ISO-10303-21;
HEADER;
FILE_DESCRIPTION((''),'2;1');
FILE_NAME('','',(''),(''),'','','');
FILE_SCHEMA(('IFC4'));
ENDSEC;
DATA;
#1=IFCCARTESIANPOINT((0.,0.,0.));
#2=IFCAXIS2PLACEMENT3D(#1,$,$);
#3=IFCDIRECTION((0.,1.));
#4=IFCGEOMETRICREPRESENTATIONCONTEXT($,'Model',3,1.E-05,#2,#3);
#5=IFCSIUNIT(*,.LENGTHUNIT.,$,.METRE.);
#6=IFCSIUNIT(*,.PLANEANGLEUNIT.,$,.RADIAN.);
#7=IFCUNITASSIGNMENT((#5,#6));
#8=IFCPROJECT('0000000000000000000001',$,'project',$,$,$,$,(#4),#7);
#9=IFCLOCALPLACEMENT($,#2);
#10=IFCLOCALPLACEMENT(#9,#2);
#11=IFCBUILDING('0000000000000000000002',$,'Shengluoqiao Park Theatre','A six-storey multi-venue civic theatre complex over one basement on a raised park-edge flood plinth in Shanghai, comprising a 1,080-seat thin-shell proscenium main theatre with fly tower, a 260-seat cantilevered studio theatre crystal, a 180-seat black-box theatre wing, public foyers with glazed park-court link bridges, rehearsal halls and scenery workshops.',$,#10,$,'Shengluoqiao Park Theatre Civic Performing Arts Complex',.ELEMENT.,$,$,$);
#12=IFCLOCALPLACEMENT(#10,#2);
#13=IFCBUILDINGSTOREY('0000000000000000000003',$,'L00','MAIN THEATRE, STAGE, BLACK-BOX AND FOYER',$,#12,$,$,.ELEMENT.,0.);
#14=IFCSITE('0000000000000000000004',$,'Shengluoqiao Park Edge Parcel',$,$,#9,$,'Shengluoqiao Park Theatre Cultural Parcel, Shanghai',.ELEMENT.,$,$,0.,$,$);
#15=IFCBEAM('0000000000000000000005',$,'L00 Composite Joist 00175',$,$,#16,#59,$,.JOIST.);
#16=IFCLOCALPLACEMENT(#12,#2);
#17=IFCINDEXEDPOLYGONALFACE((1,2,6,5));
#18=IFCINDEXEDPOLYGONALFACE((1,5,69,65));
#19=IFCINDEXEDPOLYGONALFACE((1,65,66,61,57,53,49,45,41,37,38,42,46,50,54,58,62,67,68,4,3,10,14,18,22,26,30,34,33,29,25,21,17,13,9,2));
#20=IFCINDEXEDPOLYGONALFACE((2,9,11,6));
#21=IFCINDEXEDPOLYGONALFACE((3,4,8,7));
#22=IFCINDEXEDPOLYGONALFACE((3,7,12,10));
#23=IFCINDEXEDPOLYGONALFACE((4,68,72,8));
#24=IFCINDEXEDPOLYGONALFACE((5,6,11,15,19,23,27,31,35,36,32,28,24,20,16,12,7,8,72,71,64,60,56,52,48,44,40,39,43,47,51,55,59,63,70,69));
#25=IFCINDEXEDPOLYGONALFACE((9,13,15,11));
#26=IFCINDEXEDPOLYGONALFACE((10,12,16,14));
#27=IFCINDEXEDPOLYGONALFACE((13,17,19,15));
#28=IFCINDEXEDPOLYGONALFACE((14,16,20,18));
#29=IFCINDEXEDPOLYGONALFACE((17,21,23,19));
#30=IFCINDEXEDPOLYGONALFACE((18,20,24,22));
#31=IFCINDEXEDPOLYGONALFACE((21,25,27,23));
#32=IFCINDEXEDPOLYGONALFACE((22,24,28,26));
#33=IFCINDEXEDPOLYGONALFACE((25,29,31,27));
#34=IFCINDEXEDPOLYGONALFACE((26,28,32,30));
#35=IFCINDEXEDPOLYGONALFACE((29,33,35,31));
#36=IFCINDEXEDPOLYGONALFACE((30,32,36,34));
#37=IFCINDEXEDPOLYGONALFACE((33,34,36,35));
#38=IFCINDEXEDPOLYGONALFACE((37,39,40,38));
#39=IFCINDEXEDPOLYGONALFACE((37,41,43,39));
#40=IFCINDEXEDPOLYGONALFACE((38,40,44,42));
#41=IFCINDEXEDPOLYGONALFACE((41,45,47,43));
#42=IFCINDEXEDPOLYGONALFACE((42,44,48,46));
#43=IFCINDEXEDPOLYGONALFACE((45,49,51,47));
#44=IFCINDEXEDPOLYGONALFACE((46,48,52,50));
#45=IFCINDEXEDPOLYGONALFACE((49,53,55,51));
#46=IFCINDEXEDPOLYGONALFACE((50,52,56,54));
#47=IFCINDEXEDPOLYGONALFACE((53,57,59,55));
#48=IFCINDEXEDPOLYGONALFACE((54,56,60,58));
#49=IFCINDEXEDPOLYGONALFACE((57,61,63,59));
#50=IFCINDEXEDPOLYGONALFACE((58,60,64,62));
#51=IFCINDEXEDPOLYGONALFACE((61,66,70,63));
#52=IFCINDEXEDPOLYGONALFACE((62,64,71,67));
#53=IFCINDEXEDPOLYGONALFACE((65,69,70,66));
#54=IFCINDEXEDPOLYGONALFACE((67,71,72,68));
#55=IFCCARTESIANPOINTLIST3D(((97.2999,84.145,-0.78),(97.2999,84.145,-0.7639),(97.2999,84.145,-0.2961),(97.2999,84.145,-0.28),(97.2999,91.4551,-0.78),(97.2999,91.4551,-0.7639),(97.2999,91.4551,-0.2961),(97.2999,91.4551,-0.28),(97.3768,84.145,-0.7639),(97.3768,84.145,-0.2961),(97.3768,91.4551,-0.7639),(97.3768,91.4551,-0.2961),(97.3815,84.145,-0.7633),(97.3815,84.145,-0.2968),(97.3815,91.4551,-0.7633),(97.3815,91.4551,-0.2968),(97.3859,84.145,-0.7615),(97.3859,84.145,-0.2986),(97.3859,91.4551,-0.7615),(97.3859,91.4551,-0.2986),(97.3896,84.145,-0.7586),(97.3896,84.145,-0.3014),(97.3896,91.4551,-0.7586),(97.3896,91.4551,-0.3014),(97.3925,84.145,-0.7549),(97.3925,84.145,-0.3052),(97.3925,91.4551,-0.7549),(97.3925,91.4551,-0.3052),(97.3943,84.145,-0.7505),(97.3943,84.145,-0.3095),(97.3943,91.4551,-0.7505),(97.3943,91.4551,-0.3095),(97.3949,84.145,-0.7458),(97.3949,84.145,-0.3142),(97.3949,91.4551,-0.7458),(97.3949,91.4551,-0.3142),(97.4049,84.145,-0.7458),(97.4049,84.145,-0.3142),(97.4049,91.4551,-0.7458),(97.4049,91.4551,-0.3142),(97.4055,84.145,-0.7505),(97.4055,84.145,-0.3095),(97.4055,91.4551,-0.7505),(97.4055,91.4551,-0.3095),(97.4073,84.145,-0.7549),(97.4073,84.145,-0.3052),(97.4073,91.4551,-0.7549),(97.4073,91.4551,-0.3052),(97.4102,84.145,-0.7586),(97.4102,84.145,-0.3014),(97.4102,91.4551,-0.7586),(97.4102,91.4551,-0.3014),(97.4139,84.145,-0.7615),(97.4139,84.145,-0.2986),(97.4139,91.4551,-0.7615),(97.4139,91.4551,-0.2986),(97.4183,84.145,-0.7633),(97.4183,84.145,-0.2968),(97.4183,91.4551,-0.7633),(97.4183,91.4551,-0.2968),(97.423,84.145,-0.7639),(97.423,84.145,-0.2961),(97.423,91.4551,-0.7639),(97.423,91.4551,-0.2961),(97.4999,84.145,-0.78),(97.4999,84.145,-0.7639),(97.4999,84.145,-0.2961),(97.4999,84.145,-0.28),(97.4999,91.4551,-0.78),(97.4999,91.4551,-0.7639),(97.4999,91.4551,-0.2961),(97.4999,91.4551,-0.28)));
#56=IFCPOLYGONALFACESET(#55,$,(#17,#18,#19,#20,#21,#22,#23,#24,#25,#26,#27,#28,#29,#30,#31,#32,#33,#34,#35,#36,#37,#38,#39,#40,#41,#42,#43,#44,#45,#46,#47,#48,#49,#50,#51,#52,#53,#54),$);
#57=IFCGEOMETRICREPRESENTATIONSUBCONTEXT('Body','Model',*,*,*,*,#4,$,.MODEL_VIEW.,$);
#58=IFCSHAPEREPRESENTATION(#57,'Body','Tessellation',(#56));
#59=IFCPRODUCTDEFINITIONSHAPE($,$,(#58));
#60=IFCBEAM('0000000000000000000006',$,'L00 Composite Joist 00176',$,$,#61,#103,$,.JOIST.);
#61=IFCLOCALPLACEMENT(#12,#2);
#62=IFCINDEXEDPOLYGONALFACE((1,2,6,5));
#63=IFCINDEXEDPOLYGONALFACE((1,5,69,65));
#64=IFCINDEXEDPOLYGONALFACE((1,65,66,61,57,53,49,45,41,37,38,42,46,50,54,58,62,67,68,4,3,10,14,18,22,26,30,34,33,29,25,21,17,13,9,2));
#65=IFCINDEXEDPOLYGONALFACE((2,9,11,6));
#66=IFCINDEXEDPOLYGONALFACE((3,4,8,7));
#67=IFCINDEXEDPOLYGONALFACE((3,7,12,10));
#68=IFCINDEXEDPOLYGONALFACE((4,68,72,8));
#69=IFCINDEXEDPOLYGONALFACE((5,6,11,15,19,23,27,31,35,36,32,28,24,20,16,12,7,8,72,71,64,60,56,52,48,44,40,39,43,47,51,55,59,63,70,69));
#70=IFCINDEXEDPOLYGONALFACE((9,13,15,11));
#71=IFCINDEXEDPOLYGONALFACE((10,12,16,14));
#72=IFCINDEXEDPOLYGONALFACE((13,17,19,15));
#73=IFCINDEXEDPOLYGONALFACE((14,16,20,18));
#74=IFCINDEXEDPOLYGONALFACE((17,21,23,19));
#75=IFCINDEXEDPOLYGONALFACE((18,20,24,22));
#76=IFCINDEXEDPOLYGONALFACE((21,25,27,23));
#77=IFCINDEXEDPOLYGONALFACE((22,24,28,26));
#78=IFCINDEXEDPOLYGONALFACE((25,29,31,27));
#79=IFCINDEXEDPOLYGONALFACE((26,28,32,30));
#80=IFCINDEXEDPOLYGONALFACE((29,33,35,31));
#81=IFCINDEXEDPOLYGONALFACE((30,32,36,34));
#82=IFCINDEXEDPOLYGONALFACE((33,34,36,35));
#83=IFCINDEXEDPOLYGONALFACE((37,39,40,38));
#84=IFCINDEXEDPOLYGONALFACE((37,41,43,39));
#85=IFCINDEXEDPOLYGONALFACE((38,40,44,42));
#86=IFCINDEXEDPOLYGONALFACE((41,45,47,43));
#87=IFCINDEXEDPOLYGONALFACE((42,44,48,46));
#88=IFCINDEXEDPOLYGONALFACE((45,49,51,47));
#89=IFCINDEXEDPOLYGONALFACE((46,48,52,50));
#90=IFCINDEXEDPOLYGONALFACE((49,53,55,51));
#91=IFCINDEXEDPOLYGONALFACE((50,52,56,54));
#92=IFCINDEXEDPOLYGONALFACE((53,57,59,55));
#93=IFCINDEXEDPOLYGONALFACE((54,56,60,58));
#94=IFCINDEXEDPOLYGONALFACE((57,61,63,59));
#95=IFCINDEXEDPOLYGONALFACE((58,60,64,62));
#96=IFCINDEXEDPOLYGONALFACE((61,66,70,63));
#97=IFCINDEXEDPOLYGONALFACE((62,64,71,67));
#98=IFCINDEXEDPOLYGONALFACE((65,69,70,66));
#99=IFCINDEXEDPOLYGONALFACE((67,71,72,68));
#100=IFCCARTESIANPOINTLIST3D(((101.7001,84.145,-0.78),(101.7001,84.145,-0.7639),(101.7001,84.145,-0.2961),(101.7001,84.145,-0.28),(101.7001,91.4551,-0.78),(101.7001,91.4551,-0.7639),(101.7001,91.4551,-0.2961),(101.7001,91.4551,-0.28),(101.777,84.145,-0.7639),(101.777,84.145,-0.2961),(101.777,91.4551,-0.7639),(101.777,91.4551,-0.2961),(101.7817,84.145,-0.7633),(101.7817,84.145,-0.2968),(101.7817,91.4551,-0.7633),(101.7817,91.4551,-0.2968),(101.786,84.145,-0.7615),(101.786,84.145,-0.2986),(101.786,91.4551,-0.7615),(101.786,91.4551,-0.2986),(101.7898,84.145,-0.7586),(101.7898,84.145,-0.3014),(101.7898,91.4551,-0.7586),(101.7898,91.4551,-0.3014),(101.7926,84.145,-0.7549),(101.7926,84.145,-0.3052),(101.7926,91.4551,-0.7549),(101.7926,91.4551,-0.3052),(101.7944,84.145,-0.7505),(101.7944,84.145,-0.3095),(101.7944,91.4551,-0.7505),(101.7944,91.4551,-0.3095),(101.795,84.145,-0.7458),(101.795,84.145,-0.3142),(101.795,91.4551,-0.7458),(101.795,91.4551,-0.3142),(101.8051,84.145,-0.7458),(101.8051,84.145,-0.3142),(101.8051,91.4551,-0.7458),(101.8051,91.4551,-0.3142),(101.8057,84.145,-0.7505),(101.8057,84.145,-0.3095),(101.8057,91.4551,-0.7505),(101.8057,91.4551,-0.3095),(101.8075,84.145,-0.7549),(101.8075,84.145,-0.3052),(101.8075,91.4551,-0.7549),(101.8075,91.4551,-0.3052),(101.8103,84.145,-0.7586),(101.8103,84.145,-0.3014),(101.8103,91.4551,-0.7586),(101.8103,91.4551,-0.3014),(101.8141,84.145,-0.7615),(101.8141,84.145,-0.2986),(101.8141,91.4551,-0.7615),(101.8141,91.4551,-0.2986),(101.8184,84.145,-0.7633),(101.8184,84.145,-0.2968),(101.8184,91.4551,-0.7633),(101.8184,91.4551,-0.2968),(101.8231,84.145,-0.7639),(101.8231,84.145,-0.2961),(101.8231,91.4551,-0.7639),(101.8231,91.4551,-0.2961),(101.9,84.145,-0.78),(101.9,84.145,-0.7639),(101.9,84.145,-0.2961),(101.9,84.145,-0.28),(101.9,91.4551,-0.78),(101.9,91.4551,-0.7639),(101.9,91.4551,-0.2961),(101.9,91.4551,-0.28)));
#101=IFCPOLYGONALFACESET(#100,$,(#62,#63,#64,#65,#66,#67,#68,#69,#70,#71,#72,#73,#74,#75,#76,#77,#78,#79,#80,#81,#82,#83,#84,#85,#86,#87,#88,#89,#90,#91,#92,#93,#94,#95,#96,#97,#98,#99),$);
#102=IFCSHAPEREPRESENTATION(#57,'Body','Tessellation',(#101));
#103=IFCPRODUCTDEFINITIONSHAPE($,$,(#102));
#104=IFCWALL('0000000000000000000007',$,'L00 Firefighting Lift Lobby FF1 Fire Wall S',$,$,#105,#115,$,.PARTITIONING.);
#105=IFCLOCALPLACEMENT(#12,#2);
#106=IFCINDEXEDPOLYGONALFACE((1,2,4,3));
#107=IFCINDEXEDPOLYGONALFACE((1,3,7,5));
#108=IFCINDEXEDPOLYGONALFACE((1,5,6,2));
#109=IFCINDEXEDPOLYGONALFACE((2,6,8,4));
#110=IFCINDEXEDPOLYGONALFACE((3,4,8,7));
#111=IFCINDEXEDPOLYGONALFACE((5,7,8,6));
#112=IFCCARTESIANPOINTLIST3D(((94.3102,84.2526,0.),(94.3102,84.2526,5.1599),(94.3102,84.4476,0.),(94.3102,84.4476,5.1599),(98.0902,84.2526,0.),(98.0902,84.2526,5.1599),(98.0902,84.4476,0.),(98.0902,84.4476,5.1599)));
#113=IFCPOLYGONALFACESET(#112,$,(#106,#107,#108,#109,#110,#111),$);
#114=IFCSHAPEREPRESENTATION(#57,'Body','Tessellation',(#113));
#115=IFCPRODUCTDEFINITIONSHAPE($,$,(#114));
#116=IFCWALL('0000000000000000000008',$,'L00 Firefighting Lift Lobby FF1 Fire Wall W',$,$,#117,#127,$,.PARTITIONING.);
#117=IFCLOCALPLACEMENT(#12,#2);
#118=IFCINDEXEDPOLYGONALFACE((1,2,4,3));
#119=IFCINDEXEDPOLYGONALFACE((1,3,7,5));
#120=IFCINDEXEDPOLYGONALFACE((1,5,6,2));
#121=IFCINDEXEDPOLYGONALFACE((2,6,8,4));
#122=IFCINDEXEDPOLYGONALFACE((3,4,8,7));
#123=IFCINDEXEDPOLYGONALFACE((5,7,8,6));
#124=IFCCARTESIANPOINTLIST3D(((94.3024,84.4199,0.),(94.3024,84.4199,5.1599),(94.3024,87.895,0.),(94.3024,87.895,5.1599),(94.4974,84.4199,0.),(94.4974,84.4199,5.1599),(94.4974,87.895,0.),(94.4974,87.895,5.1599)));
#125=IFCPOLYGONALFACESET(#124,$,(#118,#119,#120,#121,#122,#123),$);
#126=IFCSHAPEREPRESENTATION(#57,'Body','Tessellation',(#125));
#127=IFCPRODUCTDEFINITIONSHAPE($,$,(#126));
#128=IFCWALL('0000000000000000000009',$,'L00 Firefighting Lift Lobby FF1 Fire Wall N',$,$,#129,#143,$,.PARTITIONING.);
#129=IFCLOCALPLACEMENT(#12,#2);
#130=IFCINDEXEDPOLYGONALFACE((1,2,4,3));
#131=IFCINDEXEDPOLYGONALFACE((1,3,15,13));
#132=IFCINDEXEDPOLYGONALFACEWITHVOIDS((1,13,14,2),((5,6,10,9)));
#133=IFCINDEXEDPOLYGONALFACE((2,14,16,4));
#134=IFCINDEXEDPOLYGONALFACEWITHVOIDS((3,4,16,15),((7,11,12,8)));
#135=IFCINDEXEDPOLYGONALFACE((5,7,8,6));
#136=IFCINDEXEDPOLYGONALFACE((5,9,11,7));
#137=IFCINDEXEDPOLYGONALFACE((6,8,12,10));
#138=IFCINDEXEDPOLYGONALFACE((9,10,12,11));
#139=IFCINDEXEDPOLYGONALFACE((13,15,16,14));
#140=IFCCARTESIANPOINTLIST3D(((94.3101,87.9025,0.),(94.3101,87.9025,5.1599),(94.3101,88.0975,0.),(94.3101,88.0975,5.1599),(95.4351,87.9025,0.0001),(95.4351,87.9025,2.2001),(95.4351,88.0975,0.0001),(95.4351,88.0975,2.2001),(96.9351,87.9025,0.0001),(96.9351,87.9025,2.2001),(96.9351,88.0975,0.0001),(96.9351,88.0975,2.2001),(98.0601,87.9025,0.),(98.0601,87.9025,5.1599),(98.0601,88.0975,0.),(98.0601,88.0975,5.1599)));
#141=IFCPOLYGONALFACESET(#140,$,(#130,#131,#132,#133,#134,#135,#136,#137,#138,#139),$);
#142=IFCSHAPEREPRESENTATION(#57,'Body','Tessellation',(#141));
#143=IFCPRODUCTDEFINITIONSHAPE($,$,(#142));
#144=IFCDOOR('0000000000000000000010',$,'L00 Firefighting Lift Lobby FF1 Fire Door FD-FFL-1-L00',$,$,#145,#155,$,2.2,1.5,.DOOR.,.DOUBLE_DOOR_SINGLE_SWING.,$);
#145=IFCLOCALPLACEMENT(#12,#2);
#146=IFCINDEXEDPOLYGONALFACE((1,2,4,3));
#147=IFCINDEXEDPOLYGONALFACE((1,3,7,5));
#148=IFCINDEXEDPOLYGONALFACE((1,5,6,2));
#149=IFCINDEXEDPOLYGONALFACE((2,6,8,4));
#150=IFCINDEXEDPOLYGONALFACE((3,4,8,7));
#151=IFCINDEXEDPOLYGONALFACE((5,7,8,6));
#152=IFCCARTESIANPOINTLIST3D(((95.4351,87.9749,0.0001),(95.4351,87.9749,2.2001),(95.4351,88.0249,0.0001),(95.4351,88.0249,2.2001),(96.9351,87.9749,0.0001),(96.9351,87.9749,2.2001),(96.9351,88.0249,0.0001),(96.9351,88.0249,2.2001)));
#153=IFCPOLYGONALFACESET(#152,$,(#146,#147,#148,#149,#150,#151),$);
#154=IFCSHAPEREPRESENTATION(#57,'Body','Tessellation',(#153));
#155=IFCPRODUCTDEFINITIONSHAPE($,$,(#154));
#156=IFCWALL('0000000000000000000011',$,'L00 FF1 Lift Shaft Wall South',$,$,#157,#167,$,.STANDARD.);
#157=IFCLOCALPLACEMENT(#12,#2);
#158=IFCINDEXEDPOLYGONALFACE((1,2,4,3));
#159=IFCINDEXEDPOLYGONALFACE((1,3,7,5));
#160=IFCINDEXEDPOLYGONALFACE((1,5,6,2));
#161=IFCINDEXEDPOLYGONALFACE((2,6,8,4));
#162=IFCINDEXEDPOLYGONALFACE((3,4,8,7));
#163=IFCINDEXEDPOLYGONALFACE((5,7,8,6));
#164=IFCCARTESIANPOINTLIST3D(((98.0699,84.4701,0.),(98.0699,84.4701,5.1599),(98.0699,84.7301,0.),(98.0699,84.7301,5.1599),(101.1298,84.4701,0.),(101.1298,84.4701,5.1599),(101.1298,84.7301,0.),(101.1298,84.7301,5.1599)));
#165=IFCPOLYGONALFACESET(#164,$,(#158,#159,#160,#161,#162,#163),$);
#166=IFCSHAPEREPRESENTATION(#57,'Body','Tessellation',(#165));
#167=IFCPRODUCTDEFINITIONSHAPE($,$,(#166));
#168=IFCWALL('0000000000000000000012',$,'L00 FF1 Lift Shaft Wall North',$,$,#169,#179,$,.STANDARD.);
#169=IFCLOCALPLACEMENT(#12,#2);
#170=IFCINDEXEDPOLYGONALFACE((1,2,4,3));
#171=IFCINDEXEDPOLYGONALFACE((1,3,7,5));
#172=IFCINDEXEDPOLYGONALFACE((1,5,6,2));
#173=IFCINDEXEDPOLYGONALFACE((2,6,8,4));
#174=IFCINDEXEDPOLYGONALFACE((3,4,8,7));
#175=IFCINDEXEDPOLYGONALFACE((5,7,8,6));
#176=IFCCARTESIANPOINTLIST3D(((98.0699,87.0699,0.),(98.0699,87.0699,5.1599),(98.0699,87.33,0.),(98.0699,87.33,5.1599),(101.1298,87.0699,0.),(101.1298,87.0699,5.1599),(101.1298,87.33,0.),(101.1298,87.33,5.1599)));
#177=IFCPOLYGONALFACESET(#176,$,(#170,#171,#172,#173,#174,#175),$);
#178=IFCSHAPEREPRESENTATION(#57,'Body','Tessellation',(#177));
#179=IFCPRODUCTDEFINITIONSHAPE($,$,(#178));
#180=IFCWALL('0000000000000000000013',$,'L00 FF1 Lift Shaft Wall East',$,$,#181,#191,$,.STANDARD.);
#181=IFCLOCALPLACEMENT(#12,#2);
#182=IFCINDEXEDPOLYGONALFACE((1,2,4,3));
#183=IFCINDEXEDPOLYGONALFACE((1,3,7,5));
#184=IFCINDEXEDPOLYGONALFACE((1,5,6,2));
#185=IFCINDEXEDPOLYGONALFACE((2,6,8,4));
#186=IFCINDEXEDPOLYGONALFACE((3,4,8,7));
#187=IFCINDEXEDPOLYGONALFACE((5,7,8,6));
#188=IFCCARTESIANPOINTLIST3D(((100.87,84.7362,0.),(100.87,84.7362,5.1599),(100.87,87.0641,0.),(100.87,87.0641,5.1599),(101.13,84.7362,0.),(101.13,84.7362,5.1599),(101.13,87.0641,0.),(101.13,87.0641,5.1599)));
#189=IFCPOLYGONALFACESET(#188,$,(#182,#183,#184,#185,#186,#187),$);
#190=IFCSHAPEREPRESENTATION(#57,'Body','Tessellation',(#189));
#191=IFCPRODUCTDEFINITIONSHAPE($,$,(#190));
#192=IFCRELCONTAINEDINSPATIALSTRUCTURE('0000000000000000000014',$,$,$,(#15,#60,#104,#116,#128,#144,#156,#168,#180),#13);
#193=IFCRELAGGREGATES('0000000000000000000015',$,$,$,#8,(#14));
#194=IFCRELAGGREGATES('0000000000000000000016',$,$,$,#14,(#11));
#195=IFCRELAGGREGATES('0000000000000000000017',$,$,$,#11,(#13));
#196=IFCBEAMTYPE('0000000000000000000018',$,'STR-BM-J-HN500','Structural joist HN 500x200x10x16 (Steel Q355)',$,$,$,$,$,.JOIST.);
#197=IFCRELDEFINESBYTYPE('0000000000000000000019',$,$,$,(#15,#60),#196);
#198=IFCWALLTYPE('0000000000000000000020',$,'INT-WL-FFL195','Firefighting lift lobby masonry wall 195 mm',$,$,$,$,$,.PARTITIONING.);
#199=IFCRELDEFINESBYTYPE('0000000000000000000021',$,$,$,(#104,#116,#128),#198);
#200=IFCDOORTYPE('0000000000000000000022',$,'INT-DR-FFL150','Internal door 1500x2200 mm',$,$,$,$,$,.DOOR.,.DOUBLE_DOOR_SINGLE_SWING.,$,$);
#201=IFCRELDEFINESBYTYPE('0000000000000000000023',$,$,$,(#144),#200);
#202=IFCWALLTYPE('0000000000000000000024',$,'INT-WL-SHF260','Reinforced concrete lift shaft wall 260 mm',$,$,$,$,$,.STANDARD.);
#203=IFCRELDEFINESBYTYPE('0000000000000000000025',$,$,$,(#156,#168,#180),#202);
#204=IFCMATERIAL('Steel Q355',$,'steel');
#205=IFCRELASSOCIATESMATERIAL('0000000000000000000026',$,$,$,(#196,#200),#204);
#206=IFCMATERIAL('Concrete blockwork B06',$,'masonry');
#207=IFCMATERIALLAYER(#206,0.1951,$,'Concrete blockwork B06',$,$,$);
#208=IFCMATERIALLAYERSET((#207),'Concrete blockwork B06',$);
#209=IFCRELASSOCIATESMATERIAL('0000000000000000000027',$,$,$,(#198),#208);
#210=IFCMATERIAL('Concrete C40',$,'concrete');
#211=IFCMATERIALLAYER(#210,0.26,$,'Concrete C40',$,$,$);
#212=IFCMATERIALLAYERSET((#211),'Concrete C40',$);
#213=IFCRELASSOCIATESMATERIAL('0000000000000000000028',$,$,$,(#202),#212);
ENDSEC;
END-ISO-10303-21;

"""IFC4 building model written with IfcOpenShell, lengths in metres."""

from ifc_helpers import new_model, si_unit, direction, frame, frame_2d, origin, origin_2d, place, context, subcontext, project, spatial, rectangle, i_section, extrude, material, layer, layer_set, material_profile, profile_set, type_object, element, fill, save


model = new_model("IFC4")

# Units and contexts
model_context = context("Model", 3, precision=1e-05, world=origin(), true_north=direction((0.0, 1.0)))
body_context = subcontext(model_context, "Body", "Model", "MODEL_VIEW")
ifc_project = project(units=[si_unit("LENGTHUNIT", "METRE"), si_unit("PLANEANGLEUNIT", "RADIAN")], contexts=[model_context])

# Site, building, storey
site_placement = place(None, origin())
site = spatial("IfcSite", under=ifc_project, at=site_placement, Name="Shengluoqiao Park Edge Parcel", LongName="Shengluoqiao Park Theatre Cultural Parcel, Shanghai", CompositionType="ELEMENT", RefElevation=0.0)
building_placement = place(site_placement, origin())
building = spatial("IfcBuilding", under=site, at=building_placement, Name="Shengluoqiao Park Theatre", Description="A six-storey multi-venue civic theatre complex over one basement on a raised park-edge flood plinth in Shanghai, comprising a 1,080-seat thin-shell proscenium main theatre with fly tower, a 260-seat cantilevered studio theatre crystal, a 180-seat black-box theatre wing, public foyers with glazed park-court link bridges, rehearsal halls and scenery workshops.", LongName="Shengluoqiao Park Theatre Civic Performing Arts Complex", CompositionType="ELEMENT")
storey_placement = place(building_placement, origin())
storey = spatial("IfcBuildingStorey", under=building, at=storey_placement, Name="L00", Description="MAIN THEATRE, STAGE, BLACK-BOX AND FOYER", CompositionType="ELEMENT", Elevation=0.0)

# Beams
ifc_material_1 = material(Name="Steel Q355", Category="steel")
ifc_material_profile_1 = material_profile(ifc_material_1, i_section(OverallWidth=0.2, OverallDepth=0.5, WebThickness=0.01, FlangeThickness=0.0161, FilletRadius=0.0181, at=origin_2d()), Name="HN 500x200x10x16")
ifc_profile_set_1 = profile_set([ifc_material_profile_1], Name="Steel Q355")
beam_type_1 = type_object("IfcBeamType", Name="STR-BM-J-HN500", Description="Structural joist HN 500x200x10x16 (Steel Q355)", PredefinedType="JOIST", material=ifc_profile_set_1)
for number, where, z_axis, x_axis, name in (
    (1, (97.3999, 84.145, -0.53), (0.0, 1.0, 0.0), (-1.0, 0.0, 0.0), "L00 Composite Joist 00175"),
    (2, (101.8, 84.145, -0.53), (0.0, 1.0, 0.0), (-1.0, 0.0, 0.0), "L00 Composite Joist 00176"),
):
    element("IfcBeam", number, at=place(storey_placement, frame(where, z_axis=z_axis, x_axis=x_axis)), inside=storey, type_object=beam_type_1, Name=name, PredefinedType="JOIST", context=body_context, shape_type="SweptSolid", body=[
        extrude(i_section(OverallWidth=0.2, OverallDepth=0.5, WebThickness=0.01, FlangeThickness=0.0161, FilletRadius=0.0181, at=origin_2d()), origin(), (0.0, 0.0, 1.0), 7.3101),
    ])

# Walls
ifc_material_2 = material(Name="Concrete blockwork B06", Category="masonry")
ifc_layer_1 = layer(ifc_material_2, 0.1951, Name="Concrete blockwork B06")
ifc_layer_set_1 = layer_set([ifc_layer_1], Name="Concrete blockwork B06")
wall_type_1 = type_object("IfcWallType", Name="INT-WL-FFL195", Description="Firefighting lift lobby masonry wall 195 mm", PredefinedType="PARTITIONING", material=ifc_layer_set_1)
wall_1_placement = place(storey_placement, frame((94.3101, 84.3501, 0.0), z_axis=(0.0, 0.0, 1.0), x_axis=(1.0, 0.0, 0.0)))
element("IfcWall", 3, at=wall_1_placement, inside=storey, type_object=wall_type_1, Name="L00 Firefighting Lift Lobby FF1 Fire Wall S", PredefinedType="PARTITIONING", context=body_context, shape_type="SweptSolid", body=[
    extrude(rectangle(XDim=3.78, YDim=0.1951, at=frame_2d((1.8901, 0.0))), origin(), (0.0, 0.0, 1.0), 5.1599),
])
wall_2_placement = place(storey_placement, frame((94.3999, 84.4199, 0.0), z_axis=(0.0, 0.0, 1.0), x_axis=(0.0, 1.0, 0.0)))
element("IfcWall", 4, at=wall_2_placement, inside=storey, type_object=wall_type_1, Name="L00 Firefighting Lift Lobby FF1 Fire Wall W", PredefinedType="PARTITIONING", context=body_context, shape_type="SweptSolid", body=[
    extrude(rectangle(XDim=3.4751, YDim=0.1951, at=frame_2d((1.7375, 0.0))), origin(), (0.0, 0.0, 1.0), 5.1599),
])

# Wall, opening, door
wall_3_placement = place(storey_placement, frame((94.3101, 88.0, 0.0), z_axis=(0.0, 0.0, 1.0), x_axis=(1.0, 0.0, 0.0)))
wall_3 = element("IfcWall", 5, at=wall_3_placement, inside=storey, type_object=wall_type_1, Name="L00 Firefighting Lift Lobby FF1 Fire Wall N", PredefinedType="PARTITIONING", context=body_context, shape_type="SweptSolid", body=[
    extrude(rectangle(XDim=3.75, YDim=0.1951, at=frame_2d((1.875, 0.0))), origin(), (0.0, 0.0, 1.0), 5.1599),
])
opening_1_placement = place(wall_3_placement, frame((1.125, 0.0, 0.0)))
opening_1 = element("IfcOpeningElement", 6, at=opening_1_placement, cuts=wall_3, PredefinedType="OPENING", context=body_context, shape_type="SweptSolid", body=[
    extrude(rectangle(XDim=1.5, YDim=2.2, at=frame_2d((0.75, 1.1001))), frame((0.0, 0.1074, 0.0), z_axis=(0.0, -1.0, 0.0), x_axis=(1.0, 0.0, 0.0)), (0.0, 0.0, 1.0), 0.2151),
])
door_type_1 = type_object("IfcDoorType", Name="INT-DR-FFL150", Description="Internal door 1500x2200 mm", OperationType="DOUBLE_DOOR_SINGLE_SWING", PredefinedType="DOOR", material=ifc_material_1)
door_1_placement = place(opening_1_placement, origin())
door_1 = element("IfcDoor", 7, at=door_1_placement, inside=storey, type_object=door_type_1, Name="L00 Firefighting Lift Lobby FF1 Fire Door FD-FFL-1-L00", OperationType="DOUBLE_DOOR_SINGLE_SWING", OverallHeight=2.2, OverallWidth=1.5, PredefinedType="DOOR", context=body_context, shape_type="SweptSolid", body=[
    extrude(rectangle(XDim=1.5, YDim=2.2, at=frame_2d((0.75, 1.1001))), frame((0.0, 0.0249, 0.0), z_axis=(0.0, -1.0, 0.0), x_axis=(1.0, 0.0, 0.0)), (0.0, 0.0, 1.0), 0.05),
])
fill(opening_1, door_1)

# Walls
ifc_material_3 = material(Name="Concrete C40", Category="concrete")
ifc_layer_2 = layer(ifc_material_3, 0.26, Name="Concrete C40")
ifc_layer_set_2 = layer_set([ifc_layer_2], Name="Concrete C40")
wall_type_2 = type_object("IfcWallType", Name="INT-WL-SHF260", Description="Reinforced concrete lift shaft wall 260 mm", PredefinedType="STANDARD", material=ifc_layer_set_2)
for number, where, z_axis, x_axis, name in (
    (8, (98.0701, 84.6001, 0.0), (0.0, 0.0, 1.0), (1.0, 0.0, 0.0), "L00 FF1 Lift Shaft Wall South"),
    (9, (98.0701, 87.2, 0.0), (0.0, 0.0, 1.0), (1.0, 0.0, 0.0), "L00 FF1 Lift Shaft Wall North"),
):
    element("IfcWall", number, at=place(storey_placement, frame(where, z_axis=z_axis, x_axis=x_axis)), inside=storey, type_object=wall_type_2, Name=name, PredefinedType="STANDARD", context=body_context, shape_type="SweptSolid", body=[
        extrude(rectangle(XDim=3.0598, YDim=0.26, at=frame_2d((1.5298, 0.0))), origin(), (0.0, 0.0, 1.0), 5.1599),
    ])

# Wall
wall_4_placement = place(storey_placement, frame((101.0, 84.7361, 0.0), z_axis=(0.0, 0.0, 1.0), x_axis=(0.0, 1.0, 0.0)))
element("IfcWall", 10, at=wall_4_placement, inside=storey, type_object=wall_type_2, Name="L00 FF1 Lift Shaft Wall East", PredefinedType="STANDARD", context=body_context, shape_type="SweptSolid", body=[
    extrude(rectangle(XDim=2.3279, YDim=0.26, at=frame_2d((1.1641, 0.0))), origin(), (0.0, 0.0, 1.0), 5.1599),
])

save(model, "model.ifc")
